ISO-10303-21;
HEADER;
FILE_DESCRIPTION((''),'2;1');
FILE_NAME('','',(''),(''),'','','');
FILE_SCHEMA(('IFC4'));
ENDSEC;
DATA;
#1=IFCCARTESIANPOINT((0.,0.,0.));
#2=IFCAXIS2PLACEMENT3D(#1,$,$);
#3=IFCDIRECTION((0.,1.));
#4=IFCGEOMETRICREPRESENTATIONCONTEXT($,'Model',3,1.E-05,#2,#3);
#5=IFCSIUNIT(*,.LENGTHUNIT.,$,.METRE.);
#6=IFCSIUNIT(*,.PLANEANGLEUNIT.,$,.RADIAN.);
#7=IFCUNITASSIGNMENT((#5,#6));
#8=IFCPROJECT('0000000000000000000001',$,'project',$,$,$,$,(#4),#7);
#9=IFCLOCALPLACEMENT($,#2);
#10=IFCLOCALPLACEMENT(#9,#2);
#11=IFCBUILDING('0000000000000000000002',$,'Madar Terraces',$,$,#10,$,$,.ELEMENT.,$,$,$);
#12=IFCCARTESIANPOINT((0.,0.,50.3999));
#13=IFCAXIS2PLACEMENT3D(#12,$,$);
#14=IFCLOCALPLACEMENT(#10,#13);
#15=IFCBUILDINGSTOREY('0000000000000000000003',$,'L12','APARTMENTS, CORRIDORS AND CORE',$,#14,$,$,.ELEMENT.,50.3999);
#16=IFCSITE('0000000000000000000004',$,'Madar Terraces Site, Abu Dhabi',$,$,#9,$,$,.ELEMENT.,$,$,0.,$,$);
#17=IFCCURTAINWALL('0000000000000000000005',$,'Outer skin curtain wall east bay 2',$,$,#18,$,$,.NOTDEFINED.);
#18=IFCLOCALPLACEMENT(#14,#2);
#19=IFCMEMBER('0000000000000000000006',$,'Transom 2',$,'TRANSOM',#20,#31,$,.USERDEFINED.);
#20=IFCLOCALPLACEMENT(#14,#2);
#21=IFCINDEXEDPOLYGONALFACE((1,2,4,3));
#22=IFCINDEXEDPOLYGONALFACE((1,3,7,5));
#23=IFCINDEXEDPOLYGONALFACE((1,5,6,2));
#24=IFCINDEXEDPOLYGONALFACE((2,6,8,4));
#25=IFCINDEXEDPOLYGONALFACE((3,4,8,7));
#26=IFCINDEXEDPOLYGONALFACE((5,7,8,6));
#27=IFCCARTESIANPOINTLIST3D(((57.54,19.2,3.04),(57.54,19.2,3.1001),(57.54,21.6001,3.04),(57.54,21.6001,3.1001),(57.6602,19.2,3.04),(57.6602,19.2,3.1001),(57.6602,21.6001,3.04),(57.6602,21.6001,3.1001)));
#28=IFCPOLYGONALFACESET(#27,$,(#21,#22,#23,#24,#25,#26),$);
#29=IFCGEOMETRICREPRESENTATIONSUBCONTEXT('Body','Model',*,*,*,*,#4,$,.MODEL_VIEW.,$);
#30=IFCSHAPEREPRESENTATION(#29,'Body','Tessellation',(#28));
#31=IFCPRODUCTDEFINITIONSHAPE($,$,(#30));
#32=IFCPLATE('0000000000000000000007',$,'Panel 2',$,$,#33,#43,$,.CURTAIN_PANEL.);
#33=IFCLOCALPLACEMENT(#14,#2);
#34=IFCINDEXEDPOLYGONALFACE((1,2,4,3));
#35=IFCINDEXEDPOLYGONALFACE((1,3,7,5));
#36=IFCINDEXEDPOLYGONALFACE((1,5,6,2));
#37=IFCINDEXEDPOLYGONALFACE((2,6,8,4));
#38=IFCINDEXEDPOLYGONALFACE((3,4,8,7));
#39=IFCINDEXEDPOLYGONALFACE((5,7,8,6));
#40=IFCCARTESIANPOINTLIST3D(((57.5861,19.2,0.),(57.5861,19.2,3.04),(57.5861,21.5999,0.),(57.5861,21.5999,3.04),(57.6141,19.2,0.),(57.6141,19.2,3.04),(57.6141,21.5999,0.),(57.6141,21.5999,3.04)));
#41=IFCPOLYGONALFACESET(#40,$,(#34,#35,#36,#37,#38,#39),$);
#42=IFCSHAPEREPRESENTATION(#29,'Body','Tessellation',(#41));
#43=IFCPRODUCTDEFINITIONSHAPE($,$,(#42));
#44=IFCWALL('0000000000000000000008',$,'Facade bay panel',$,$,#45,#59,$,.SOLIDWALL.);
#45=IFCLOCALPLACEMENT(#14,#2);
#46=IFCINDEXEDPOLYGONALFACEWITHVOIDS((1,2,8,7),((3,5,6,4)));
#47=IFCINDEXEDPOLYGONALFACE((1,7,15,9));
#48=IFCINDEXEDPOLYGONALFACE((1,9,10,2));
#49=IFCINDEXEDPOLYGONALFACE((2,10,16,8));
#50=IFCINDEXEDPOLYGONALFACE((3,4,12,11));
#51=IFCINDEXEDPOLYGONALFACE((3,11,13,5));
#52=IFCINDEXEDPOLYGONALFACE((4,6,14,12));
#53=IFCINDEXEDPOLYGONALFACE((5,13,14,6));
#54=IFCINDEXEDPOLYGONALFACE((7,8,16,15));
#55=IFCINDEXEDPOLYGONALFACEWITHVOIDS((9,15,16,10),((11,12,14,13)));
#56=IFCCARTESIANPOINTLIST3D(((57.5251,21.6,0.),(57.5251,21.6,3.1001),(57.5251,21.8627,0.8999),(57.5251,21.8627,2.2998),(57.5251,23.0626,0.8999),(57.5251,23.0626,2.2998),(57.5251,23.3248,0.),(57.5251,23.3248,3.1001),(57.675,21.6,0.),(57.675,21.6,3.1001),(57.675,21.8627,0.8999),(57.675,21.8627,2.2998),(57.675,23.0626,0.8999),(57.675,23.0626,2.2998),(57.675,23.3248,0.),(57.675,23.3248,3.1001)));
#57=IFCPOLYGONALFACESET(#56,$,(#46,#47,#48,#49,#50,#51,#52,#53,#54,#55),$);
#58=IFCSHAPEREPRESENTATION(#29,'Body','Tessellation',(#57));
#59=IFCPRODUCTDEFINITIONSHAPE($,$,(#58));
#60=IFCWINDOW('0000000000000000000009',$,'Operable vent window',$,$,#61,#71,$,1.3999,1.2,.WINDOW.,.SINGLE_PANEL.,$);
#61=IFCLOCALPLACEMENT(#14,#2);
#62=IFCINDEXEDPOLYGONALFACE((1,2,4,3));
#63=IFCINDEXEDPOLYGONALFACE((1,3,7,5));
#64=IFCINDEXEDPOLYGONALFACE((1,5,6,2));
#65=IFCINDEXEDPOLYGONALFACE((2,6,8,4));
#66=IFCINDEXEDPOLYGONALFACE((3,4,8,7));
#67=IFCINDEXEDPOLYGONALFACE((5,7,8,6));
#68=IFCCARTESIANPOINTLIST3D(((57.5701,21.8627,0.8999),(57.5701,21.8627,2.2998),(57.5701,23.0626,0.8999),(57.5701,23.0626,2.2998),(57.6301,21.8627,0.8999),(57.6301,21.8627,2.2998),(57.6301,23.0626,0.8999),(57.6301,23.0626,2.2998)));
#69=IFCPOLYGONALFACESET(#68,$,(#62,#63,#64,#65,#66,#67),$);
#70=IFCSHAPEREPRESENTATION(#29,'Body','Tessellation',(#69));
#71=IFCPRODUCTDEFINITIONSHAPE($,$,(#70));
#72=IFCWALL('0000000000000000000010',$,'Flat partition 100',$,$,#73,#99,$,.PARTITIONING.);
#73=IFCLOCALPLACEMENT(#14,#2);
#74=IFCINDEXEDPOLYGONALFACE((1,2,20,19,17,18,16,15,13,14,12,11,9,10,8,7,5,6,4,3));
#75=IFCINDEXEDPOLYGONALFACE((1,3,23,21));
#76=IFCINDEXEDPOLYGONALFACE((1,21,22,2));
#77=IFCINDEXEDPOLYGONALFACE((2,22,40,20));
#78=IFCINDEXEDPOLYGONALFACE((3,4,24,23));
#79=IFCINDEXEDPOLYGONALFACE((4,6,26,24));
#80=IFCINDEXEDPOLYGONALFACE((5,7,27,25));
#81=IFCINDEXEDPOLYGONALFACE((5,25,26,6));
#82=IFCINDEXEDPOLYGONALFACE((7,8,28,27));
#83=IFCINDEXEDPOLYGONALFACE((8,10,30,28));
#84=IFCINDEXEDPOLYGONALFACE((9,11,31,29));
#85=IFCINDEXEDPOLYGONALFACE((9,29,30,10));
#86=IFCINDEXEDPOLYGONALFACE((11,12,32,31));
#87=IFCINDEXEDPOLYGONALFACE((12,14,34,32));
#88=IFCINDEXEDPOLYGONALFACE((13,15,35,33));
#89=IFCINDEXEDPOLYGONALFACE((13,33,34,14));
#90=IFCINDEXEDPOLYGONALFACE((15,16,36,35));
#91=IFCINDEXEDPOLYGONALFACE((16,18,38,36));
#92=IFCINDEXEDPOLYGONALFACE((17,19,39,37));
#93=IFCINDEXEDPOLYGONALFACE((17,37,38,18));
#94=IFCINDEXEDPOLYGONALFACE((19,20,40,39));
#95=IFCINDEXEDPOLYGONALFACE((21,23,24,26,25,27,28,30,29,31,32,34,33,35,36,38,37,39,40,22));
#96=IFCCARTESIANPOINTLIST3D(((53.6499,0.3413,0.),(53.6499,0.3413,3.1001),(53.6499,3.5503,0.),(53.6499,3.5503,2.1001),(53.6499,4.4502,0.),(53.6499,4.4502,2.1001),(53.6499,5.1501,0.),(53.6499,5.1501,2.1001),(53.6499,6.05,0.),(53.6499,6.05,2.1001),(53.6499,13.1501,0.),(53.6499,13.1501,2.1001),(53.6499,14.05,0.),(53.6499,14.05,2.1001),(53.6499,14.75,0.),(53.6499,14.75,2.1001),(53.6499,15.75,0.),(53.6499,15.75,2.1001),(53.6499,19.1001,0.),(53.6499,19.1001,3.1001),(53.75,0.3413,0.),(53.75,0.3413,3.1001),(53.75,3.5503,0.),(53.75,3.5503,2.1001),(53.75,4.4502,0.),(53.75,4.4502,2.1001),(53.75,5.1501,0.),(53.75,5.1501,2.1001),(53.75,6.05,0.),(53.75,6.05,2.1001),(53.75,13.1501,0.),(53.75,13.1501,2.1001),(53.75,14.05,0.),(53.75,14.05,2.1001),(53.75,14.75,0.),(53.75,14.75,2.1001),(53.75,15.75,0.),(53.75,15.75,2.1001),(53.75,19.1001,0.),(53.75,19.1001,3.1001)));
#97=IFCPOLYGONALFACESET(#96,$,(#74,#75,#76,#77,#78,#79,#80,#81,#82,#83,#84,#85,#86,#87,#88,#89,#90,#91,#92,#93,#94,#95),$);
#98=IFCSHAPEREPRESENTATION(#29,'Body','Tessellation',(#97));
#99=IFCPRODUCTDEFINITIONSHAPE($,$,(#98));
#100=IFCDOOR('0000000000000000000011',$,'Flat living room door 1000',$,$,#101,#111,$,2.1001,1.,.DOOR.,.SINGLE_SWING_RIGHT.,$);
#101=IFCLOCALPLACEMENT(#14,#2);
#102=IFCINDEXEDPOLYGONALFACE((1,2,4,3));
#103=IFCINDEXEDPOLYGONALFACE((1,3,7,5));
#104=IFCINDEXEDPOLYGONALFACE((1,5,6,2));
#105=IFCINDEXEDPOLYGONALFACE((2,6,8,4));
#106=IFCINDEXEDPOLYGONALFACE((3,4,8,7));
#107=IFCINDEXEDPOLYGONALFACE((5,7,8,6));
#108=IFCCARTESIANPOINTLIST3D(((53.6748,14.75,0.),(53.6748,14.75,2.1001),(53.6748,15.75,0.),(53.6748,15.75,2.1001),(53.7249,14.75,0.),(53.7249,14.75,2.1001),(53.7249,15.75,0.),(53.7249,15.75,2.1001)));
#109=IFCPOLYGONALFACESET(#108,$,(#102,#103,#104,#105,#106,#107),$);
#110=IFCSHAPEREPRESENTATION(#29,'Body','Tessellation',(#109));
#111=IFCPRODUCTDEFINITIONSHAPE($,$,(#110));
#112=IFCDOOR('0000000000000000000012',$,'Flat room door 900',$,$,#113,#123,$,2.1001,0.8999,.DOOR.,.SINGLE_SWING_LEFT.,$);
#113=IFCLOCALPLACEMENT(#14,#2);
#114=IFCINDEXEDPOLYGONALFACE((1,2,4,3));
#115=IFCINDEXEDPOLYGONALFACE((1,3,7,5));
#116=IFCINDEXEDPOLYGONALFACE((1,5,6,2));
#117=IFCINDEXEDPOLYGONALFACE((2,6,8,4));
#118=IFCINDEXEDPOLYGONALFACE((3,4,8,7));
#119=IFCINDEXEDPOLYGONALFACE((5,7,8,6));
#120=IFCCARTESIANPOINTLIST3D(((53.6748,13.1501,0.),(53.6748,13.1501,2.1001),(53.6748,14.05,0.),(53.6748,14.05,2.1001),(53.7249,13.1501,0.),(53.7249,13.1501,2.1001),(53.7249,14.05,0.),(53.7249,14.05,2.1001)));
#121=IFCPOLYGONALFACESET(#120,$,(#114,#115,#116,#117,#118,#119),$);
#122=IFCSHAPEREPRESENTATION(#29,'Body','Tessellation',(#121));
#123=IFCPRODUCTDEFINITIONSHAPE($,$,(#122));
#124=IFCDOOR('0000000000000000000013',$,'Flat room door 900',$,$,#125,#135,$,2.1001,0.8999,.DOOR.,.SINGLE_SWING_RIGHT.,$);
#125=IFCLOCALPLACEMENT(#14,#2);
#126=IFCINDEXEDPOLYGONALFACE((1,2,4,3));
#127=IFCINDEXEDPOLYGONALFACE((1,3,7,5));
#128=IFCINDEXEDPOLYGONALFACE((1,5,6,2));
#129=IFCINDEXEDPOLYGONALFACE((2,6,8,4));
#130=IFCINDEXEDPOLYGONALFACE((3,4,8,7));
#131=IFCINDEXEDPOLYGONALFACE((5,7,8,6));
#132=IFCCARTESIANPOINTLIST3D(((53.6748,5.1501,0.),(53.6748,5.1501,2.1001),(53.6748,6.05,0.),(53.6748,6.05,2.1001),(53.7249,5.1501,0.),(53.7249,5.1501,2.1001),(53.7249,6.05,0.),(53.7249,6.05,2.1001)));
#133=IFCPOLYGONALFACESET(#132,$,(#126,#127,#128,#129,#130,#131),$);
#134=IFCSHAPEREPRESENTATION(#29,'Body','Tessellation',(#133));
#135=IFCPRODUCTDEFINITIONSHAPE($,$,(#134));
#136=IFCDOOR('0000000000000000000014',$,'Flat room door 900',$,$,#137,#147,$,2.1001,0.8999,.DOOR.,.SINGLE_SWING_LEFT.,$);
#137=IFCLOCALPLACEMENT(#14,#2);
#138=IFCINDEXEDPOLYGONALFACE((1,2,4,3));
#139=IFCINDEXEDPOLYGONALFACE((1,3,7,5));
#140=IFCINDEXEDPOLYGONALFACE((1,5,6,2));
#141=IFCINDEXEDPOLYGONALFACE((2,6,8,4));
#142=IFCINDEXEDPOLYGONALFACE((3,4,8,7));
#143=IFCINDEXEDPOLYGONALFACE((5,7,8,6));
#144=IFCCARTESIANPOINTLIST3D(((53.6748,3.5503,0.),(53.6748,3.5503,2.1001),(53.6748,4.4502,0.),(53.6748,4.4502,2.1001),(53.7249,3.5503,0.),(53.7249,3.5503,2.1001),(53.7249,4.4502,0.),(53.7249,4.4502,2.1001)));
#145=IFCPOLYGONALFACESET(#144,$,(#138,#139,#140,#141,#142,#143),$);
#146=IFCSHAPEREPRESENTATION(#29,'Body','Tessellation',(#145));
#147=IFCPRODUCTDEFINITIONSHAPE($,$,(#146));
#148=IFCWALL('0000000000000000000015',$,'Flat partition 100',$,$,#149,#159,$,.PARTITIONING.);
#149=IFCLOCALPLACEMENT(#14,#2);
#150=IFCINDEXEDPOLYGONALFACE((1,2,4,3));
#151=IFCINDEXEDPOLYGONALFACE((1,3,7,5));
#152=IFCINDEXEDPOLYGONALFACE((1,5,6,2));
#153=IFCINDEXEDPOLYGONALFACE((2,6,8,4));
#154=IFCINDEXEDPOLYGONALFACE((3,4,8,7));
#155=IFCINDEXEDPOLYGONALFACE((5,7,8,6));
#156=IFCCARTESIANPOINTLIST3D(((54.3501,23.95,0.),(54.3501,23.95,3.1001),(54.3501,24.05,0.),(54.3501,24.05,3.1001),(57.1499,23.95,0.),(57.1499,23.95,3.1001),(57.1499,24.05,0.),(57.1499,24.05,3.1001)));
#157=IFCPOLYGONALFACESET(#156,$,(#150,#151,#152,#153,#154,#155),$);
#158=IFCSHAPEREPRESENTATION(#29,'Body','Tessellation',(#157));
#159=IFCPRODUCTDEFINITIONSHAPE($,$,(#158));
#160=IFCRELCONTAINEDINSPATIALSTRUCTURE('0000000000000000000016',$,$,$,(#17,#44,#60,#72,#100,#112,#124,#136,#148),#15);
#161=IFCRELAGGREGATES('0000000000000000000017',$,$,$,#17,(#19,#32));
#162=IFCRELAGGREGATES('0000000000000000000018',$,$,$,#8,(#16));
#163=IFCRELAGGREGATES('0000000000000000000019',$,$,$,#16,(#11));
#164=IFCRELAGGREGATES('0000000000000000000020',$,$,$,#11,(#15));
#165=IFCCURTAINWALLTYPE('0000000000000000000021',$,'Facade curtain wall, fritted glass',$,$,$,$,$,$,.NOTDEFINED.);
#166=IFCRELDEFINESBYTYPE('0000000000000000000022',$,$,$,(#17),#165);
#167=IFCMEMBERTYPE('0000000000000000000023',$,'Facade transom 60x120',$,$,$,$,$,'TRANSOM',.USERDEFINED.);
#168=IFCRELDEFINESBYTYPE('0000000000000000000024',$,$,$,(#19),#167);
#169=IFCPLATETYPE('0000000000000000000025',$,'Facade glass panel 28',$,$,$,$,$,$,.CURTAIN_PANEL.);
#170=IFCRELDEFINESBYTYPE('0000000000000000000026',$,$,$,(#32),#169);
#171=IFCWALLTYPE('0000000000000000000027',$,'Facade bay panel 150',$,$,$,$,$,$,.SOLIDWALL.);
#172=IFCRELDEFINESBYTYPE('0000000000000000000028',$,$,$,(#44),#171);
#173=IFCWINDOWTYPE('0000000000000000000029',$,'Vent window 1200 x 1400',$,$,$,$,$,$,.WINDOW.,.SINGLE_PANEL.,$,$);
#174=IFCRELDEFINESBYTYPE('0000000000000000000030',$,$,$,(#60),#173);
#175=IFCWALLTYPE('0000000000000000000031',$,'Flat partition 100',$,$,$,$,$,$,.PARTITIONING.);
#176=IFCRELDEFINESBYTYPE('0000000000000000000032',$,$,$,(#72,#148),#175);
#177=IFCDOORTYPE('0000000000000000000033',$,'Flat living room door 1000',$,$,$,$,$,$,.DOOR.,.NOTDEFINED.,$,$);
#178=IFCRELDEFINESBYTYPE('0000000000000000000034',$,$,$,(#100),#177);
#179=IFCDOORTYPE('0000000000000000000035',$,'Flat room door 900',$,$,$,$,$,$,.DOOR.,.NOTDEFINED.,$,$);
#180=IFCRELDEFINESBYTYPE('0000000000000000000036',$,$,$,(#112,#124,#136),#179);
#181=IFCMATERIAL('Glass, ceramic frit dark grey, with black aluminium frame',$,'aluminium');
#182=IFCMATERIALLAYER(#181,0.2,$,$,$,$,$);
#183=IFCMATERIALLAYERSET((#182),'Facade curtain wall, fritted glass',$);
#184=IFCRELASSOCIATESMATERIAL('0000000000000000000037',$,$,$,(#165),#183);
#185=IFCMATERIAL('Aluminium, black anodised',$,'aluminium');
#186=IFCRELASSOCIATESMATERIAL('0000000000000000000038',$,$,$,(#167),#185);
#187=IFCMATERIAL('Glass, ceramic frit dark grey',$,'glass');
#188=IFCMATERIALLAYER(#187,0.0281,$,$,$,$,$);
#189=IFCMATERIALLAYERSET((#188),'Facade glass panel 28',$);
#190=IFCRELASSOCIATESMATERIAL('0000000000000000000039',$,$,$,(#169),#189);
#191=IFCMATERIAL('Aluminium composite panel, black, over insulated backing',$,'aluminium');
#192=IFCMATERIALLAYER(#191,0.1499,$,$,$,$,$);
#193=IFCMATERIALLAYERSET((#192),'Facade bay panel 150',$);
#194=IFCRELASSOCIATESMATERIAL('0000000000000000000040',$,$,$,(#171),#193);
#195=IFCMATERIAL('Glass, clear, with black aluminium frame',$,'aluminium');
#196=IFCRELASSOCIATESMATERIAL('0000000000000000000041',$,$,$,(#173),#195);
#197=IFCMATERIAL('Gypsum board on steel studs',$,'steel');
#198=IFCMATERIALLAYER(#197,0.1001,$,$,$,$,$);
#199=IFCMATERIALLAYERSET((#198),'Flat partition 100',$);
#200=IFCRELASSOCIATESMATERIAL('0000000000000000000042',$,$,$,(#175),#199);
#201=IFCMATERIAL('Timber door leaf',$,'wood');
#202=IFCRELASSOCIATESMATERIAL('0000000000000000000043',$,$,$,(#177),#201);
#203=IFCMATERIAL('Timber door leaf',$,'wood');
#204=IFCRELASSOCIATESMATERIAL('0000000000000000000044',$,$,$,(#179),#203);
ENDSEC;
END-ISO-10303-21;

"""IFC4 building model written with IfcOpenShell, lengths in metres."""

from ifc_helpers import new_model, si_unit, direction, frame, frame_2d, origin, origin_2d, place, context, subcontext, project, spatial, rectangle, extrude, material, layer, layer_set, material_profile, profile_set, type_object, element, fill, aggregate, save


model = new_model("IFC4")

# Units and contexts
model_context = context("Model", 3, precision=1e-05, world=origin(), true_north=direction((0.0, 1.0)))
body_context = subcontext(model_context, "Body", "Model", "MODEL_VIEW")
ifc_project = project(units=[si_unit("LENGTHUNIT", "METRE"), si_unit("PLANEANGLEUNIT", "RADIAN")], contexts=[model_context])

# Site, building, storey
site_placement = place(None, origin())
site = spatial("IfcSite", under=ifc_project, at=site_placement, Name="Madar Terraces Site, Abu Dhabi", CompositionType="ELEMENT", RefElevation=0.0)
building_placement = place(site_placement, origin())
building = spatial("IfcBuilding", under=site, at=building_placement, Name="Madar Terraces", CompositionType="ELEMENT")
storey_placement = place(building_placement, frame((0.0, 0.0, 50.3999)))
storey = spatial("IfcBuildingStorey", under=building, at=storey_placement, Name="L12", Description="APARTMENTS, CORRIDORS AND CORE", CompositionType="ELEMENT", Elevation=50.3999)

# Curtain wall, member, plate
ifc_material_1 = material(Name="Glass, ceramic frit dark grey, with black aluminium frame", Category="aluminium")
ifc_layer_1 = layer(ifc_material_1, 0.2)
ifc_layer_set_1 = layer_set([ifc_layer_1], Name="Facade curtain wall, fritted glass")
curtain_wall_type = type_object("IfcCurtainWallType", Name="Facade curtain wall, fritted glass", PredefinedType="NOTDEFINED", material=ifc_layer_set_1)
curtain_wall_placement = place(storey_placement, origin())
curtain_wall = element("IfcCurtainWall", 1, at=curtain_wall_placement, inside=storey, type_object=curtain_wall_type, Name="Outer skin curtain wall east bay 2", PredefinedType="NOTDEFINED")
ifc_material_2 = material(Name="Aluminium, black anodised", Category="aluminium")
ifc_material_profile = material_profile(ifc_material_2, rectangle(XDim=0.1201, YDim=0.0601, at=origin_2d()), Name="Facade transom 60x120")
ifc_profile_set = profile_set([ifc_material_profile], Name="Aluminium, black anodised")
member_type = type_object("IfcMemberType", Name="Facade transom 60x120", ElementType="TRANSOM", PredefinedType="USERDEFINED", material=ifc_profile_set)
member_placement = place(storey_placement, frame((57.6001, 19.2, 3.0701), z_axis=(0.0, 1.0, 0.0), x_axis=(-1.0, 0.0, 0.0)))
member = element("IfcMember", 2, at=member_placement, type_object=member_type, Name="Transom 2", ObjectType="TRANSOM", PredefinedType="USERDEFINED", context=body_context, shape_type="SweptSolid", body=[
    extrude(rectangle(XDim=0.1201, YDim=0.0601, at=origin_2d()), origin(), (0.0, 0.0, 1.0), 2.4001),
])
ifc_material_3 = material(Name="Glass, ceramic frit dark grey", Category="glass")
ifc_layer_2 = layer(ifc_material_3, 0.0281)
ifc_layer_set_2 = layer_set([ifc_layer_2], Name="Facade glass panel 28")
plate_type = type_object("IfcPlateType", Name="Facade glass panel 28", PredefinedType="CURTAIN_PANEL", material=ifc_layer_set_2)
plate_placement = place(storey_placement, frame((57.6001, 20.3999, 0.0), z_axis=(0.0, 0.0, 1.0), x_axis=(0.0, 1.0, 0.0)))
plate = element("IfcPlate", 3, at=plate_placement, type_object=plate_type, Name="Panel 2", PredefinedType="CURTAIN_PANEL", context=body_context, shape_type="SweptSolid", body=[
    extrude(rectangle(XDim=2.3999, YDim=0.0281, at=origin_2d()), origin(), (0.0, 0.0, 1.0), 3.04),
])
aggregate(curtain_wall, [member, plate])

# Wall, opening, window
ifc_material_4 = material(Name="Aluminium composite panel, black, over insulated backing", Category="aluminium")
ifc_layer_3 = layer(ifc_material_4, 0.1499)
ifc_layer_set_3 = layer_set([ifc_layer_3], Name="Facade bay panel 150")
wall_type_1 = type_object("IfcWallType", Name="Facade bay panel 150", PredefinedType="SOLIDWALL", material=ifc_layer_set_3)
wall_1_placement = place(storey_placement, frame((57.6001, 21.6001, 0.0), z_axis=(0.0, 0.0, 1.0), x_axis=(0.0, 1.0, 0.0)))
wall_1 = element("IfcWall", 4, at=wall_1_placement, inside=storey, type_object=wall_type_1, Name="Facade bay panel", PredefinedType="SOLIDWALL", context=body_context, shape_type="SweptSolid", body=[
    extrude(rectangle(XDim=1.7249, YDim=0.1499, at=frame_2d((0.8623, 0.0))), origin(), (0.0, 0.0, 1.0), 3.1001),
])
opening_1_placement = place(wall_1_placement, frame((0.2625, 0.0, 0.8999)))
opening_1 = element("IfcOpeningElement", 5, at=opening_1_placement, cuts=wall_1, PredefinedType="OPENING", context=body_context, shape_type="SweptSolid", body=[
    extrude(rectangle(XDim=1.2, YDim=1.3999, at=frame_2d((0.6001, 0.7))), frame((0.0, 0.085, 0.0), z_axis=(0.0, -1.0, 0.0), x_axis=(1.0, 0.0, 0.0)), (0.0, 0.0, 1.0), 0.1699),
])
ifc_material_5 = material(Name="Glass, clear, with black aluminium frame", Category="aluminium")
window_type = type_object("IfcWindowType", Name="Vent window 1200 x 1400", PartitioningType="SINGLE_PANEL", PredefinedType="WINDOW", material=ifc_material_5)
window_placement = place(opening_1_placement, origin())
window = element("IfcWindow", 6, at=window_placement, inside=storey, type_object=window_type, Name="Operable vent window", OverallHeight=1.3999, OverallWidth=1.2, PartitioningType="SINGLE_PANEL", PredefinedType="WINDOW", context=body_context, shape_type="SweptSolid", body=[
    extrude(rectangle(XDim=1.2, YDim=1.3999, at=frame_2d((0.6001, 0.7))), frame((0.0, 0.03, 0.0), z_axis=(0.0, -1.0, 0.0), x_axis=(1.0, 0.0, 0.0)), (0.0, 0.0, 1.0), 0.0601),
])
fill(opening_1, window)

# Wall, openings, doors
ifc_material_6 = material(Name="Gypsum board on steel studs", Category="steel")
ifc_layer_4 = layer(ifc_material_6, 0.1001)
ifc_layer_set_4 = layer_set([ifc_layer_4], Name="Flat partition 100")
wall_type_2 = type_object("IfcWallType", Name="Flat partition 100", PredefinedType="PARTITIONING", material=ifc_layer_set_4)
wall_2_placement = place(storey_placement, frame((53.7, 19.1001, 0.0), z_axis=(0.0, 0.0, 1.0), x_axis=(0.0, -1.0, 0.0)))
wall_2 = element("IfcWall", 7, at=wall_2_placement, inside=storey, type_object=wall_type_2, Name="Flat partition 100", PredefinedType="PARTITIONING", context=body_context, shape_type="SweptSolid", body=[
    extrude(rectangle(XDim=18.7588, YDim=0.1001, at=frame_2d((9.3794, 0.0))), origin(), (0.0, 0.0, 1.0), 3.1001),
])
opening_2_placement = place(wall_2_placement, frame((3.3501, 0.0, 0.0)))
opening_2 = element("IfcOpeningElement", 8, at=opening_2_placement, cuts=wall_2, PredefinedType="OPENING", context=body_context, shape_type="SweptSolid", body=[
    extrude(rectangle(XDim=1.0, YDim=2.1001, at=frame_2d((0.5, 1.05))), frame((0.0, 0.0601, 0.0), z_axis=(0.0, -1.0, 0.0), x_axis=(1.0, 0.0, 0.0)), (0.0, 0.0, 1.0), 0.1201),
])
opening_3_placement = place(wall_2_placement, frame((5.05, 0.0, 0.0)))
opening_3 = element("IfcOpeningElement", 9, at=opening_3_placement, cuts=wall_2, PredefinedType="OPENING", context=body_context, shape_type="SweptSolid", body=[
    extrude(rectangle(XDim=0.8999, YDim=2.1001, at=frame_2d((0.45, 1.05))), frame((0.0, 0.0601, 0.0), z_axis=(0.0, -1.0, 0.0), x_axis=(1.0, 0.0, 0.0)), (0.0, 0.0, 1.0), 0.1201),
])
opening_4_placement = place(wall_2_placement, frame((13.05, 0.0, 0.0)))
opening_4 = element("IfcOpeningElement", 10, at=opening_4_placement, cuts=wall_2, PredefinedType="OPENING", context=body_context, shape_type="SweptSolid", body=[
    extrude(rectangle(XDim=0.8999, YDim=2.1001, at=frame_2d((0.45, 1.05))), frame((0.0, 0.0601, 0.0), z_axis=(0.0, -1.0, 0.0), x_axis=(1.0, 0.0, 0.0)), (0.0, 0.0, 1.0), 0.1201),
])
opening_5_placement = place(wall_2_placement, frame((14.6499, 0.0, 0.0)))
opening_5 = element("IfcOpeningElement", 11, at=opening_5_placement, cuts=wall_2, PredefinedType="OPENING", context=body_context, shape_type="SweptSolid", body=[
    extrude(rectangle(XDim=0.8999, YDim=2.1001, at=frame_2d((0.45, 1.05))), frame((0.0, 0.0601, 0.0), z_axis=(0.0, -1.0, 0.0), x_axis=(1.0, 0.0, 0.0)), (0.0, 0.0, 1.0), 0.1201),
])
ifc_material_7 = material(Name="Timber door leaf", Category="wood")
door_type_1 = type_object("IfcDoorType", Name="Flat living room door 1000", OperationType="NOTDEFINED", PredefinedType="DOOR", material=ifc_material_7)
door_1_placement = place(opening_2_placement, origin())
door_1 = element("IfcDoor", 12, at=door_1_placement, inside=storey, type_object=door_type_1, Name="Flat living room door 1000", OperationType="SINGLE_SWING_RIGHT", OverallHeight=2.1001, OverallWidth=1.0, PredefinedType="DOOR", context=body_context, shape_type="SweptSolid", body=[
    extrude(rectangle(XDim=1.0, YDim=2.1001, at=frame_2d((0.5, 1.05))), frame((0.0, 0.0249, 0.0), z_axis=(0.0, -1.0, 0.0), x_axis=(1.0, 0.0, 0.0)), (0.0, 0.0, 1.0), 0.05),
])
fill(opening_2, door_1)
ifc_material_8 = material(Name="Timber door leaf", Category="wood")
door_type_2 = type_object("IfcDoorType", Name="Flat room door 900", OperationType="NOTDEFINED", PredefinedType="DOOR", material=ifc_material_8)
door_2_placement = place(opening_3_placement, origin())
door_2 = element("IfcDoor", 13, at=door_2_placement, inside=storey, type_object=door_type_2, Name="Flat room door 900", OperationType="SINGLE_SWING_LEFT", OverallHeight=2.1001, OverallWidth=0.8999, PredefinedType="DOOR", context=body_context, shape_type="SweptSolid", body=[
    extrude(rectangle(XDim=0.8999, YDim=2.1001, at=frame_2d((0.45, 1.05))), frame((0.0, 0.0249, 0.0), z_axis=(0.0, -1.0, 0.0), x_axis=(1.0, 0.0, 0.0)), (0.0, 0.0, 1.0), 0.05),
])
fill(opening_3, door_2)
door_3_placement = place(opening_4_placement, origin())
door_3 = element("IfcDoor", 14, at=door_3_placement, inside=storey, type_object=door_type_2, Name="Flat room door 900", OperationType="SINGLE_SWING_RIGHT", OverallHeight=2.1001, OverallWidth=0.8999, PredefinedType="DOOR", context=body_context, shape_type="SweptSolid", body=[
    extrude(rectangle(XDim=0.8999, YDim=2.1001, at=frame_2d((0.45, 1.05))), frame((0.0, 0.0249, 0.0), z_axis=(0.0, -1.0, 0.0), x_axis=(1.0, 0.0, 0.0)), (0.0, 0.0, 1.0), 0.05),
])
fill(opening_4, door_3)
door_4_placement = place(opening_5_placement, origin())
door_4 = element("IfcDoor", 15, at=door_4_placement, inside=storey, type_object=door_type_2, Name="Flat room door 900", OperationType="SINGLE_SWING_LEFT", OverallHeight=2.1001, OverallWidth=0.8999, PredefinedType="DOOR", context=body_context, shape_type="SweptSolid", body=[
    extrude(rectangle(XDim=0.8999, YDim=2.1001, at=frame_2d((0.45, 1.05))), frame((0.0, 0.0249, 0.0), z_axis=(0.0, -1.0, 0.0), x_axis=(1.0, 0.0, 0.0)), (0.0, 0.0, 1.0), 0.05),
])
fill(opening_5, door_4)

# Wall
wall_3_placement = place(storey_placement, frame((54.3501, 24.0, 0.0), z_axis=(0.0, 0.0, 1.0), x_axis=(1.0, 0.0, 0.0)))
element("IfcWall", 16, at=wall_3_placement, inside=storey, type_object=wall_type_2, Name="Flat partition 100", PredefinedType="PARTITIONING", context=body_context, shape_type="SweptSolid", body=[
    extrude(rectangle(XDim=2.7998, YDim=0.1001, at=frame_2d((1.3999, 0.0))), origin(), (0.0, 0.0, 1.0), 3.1001),
])

save(model, "model.ifc")
